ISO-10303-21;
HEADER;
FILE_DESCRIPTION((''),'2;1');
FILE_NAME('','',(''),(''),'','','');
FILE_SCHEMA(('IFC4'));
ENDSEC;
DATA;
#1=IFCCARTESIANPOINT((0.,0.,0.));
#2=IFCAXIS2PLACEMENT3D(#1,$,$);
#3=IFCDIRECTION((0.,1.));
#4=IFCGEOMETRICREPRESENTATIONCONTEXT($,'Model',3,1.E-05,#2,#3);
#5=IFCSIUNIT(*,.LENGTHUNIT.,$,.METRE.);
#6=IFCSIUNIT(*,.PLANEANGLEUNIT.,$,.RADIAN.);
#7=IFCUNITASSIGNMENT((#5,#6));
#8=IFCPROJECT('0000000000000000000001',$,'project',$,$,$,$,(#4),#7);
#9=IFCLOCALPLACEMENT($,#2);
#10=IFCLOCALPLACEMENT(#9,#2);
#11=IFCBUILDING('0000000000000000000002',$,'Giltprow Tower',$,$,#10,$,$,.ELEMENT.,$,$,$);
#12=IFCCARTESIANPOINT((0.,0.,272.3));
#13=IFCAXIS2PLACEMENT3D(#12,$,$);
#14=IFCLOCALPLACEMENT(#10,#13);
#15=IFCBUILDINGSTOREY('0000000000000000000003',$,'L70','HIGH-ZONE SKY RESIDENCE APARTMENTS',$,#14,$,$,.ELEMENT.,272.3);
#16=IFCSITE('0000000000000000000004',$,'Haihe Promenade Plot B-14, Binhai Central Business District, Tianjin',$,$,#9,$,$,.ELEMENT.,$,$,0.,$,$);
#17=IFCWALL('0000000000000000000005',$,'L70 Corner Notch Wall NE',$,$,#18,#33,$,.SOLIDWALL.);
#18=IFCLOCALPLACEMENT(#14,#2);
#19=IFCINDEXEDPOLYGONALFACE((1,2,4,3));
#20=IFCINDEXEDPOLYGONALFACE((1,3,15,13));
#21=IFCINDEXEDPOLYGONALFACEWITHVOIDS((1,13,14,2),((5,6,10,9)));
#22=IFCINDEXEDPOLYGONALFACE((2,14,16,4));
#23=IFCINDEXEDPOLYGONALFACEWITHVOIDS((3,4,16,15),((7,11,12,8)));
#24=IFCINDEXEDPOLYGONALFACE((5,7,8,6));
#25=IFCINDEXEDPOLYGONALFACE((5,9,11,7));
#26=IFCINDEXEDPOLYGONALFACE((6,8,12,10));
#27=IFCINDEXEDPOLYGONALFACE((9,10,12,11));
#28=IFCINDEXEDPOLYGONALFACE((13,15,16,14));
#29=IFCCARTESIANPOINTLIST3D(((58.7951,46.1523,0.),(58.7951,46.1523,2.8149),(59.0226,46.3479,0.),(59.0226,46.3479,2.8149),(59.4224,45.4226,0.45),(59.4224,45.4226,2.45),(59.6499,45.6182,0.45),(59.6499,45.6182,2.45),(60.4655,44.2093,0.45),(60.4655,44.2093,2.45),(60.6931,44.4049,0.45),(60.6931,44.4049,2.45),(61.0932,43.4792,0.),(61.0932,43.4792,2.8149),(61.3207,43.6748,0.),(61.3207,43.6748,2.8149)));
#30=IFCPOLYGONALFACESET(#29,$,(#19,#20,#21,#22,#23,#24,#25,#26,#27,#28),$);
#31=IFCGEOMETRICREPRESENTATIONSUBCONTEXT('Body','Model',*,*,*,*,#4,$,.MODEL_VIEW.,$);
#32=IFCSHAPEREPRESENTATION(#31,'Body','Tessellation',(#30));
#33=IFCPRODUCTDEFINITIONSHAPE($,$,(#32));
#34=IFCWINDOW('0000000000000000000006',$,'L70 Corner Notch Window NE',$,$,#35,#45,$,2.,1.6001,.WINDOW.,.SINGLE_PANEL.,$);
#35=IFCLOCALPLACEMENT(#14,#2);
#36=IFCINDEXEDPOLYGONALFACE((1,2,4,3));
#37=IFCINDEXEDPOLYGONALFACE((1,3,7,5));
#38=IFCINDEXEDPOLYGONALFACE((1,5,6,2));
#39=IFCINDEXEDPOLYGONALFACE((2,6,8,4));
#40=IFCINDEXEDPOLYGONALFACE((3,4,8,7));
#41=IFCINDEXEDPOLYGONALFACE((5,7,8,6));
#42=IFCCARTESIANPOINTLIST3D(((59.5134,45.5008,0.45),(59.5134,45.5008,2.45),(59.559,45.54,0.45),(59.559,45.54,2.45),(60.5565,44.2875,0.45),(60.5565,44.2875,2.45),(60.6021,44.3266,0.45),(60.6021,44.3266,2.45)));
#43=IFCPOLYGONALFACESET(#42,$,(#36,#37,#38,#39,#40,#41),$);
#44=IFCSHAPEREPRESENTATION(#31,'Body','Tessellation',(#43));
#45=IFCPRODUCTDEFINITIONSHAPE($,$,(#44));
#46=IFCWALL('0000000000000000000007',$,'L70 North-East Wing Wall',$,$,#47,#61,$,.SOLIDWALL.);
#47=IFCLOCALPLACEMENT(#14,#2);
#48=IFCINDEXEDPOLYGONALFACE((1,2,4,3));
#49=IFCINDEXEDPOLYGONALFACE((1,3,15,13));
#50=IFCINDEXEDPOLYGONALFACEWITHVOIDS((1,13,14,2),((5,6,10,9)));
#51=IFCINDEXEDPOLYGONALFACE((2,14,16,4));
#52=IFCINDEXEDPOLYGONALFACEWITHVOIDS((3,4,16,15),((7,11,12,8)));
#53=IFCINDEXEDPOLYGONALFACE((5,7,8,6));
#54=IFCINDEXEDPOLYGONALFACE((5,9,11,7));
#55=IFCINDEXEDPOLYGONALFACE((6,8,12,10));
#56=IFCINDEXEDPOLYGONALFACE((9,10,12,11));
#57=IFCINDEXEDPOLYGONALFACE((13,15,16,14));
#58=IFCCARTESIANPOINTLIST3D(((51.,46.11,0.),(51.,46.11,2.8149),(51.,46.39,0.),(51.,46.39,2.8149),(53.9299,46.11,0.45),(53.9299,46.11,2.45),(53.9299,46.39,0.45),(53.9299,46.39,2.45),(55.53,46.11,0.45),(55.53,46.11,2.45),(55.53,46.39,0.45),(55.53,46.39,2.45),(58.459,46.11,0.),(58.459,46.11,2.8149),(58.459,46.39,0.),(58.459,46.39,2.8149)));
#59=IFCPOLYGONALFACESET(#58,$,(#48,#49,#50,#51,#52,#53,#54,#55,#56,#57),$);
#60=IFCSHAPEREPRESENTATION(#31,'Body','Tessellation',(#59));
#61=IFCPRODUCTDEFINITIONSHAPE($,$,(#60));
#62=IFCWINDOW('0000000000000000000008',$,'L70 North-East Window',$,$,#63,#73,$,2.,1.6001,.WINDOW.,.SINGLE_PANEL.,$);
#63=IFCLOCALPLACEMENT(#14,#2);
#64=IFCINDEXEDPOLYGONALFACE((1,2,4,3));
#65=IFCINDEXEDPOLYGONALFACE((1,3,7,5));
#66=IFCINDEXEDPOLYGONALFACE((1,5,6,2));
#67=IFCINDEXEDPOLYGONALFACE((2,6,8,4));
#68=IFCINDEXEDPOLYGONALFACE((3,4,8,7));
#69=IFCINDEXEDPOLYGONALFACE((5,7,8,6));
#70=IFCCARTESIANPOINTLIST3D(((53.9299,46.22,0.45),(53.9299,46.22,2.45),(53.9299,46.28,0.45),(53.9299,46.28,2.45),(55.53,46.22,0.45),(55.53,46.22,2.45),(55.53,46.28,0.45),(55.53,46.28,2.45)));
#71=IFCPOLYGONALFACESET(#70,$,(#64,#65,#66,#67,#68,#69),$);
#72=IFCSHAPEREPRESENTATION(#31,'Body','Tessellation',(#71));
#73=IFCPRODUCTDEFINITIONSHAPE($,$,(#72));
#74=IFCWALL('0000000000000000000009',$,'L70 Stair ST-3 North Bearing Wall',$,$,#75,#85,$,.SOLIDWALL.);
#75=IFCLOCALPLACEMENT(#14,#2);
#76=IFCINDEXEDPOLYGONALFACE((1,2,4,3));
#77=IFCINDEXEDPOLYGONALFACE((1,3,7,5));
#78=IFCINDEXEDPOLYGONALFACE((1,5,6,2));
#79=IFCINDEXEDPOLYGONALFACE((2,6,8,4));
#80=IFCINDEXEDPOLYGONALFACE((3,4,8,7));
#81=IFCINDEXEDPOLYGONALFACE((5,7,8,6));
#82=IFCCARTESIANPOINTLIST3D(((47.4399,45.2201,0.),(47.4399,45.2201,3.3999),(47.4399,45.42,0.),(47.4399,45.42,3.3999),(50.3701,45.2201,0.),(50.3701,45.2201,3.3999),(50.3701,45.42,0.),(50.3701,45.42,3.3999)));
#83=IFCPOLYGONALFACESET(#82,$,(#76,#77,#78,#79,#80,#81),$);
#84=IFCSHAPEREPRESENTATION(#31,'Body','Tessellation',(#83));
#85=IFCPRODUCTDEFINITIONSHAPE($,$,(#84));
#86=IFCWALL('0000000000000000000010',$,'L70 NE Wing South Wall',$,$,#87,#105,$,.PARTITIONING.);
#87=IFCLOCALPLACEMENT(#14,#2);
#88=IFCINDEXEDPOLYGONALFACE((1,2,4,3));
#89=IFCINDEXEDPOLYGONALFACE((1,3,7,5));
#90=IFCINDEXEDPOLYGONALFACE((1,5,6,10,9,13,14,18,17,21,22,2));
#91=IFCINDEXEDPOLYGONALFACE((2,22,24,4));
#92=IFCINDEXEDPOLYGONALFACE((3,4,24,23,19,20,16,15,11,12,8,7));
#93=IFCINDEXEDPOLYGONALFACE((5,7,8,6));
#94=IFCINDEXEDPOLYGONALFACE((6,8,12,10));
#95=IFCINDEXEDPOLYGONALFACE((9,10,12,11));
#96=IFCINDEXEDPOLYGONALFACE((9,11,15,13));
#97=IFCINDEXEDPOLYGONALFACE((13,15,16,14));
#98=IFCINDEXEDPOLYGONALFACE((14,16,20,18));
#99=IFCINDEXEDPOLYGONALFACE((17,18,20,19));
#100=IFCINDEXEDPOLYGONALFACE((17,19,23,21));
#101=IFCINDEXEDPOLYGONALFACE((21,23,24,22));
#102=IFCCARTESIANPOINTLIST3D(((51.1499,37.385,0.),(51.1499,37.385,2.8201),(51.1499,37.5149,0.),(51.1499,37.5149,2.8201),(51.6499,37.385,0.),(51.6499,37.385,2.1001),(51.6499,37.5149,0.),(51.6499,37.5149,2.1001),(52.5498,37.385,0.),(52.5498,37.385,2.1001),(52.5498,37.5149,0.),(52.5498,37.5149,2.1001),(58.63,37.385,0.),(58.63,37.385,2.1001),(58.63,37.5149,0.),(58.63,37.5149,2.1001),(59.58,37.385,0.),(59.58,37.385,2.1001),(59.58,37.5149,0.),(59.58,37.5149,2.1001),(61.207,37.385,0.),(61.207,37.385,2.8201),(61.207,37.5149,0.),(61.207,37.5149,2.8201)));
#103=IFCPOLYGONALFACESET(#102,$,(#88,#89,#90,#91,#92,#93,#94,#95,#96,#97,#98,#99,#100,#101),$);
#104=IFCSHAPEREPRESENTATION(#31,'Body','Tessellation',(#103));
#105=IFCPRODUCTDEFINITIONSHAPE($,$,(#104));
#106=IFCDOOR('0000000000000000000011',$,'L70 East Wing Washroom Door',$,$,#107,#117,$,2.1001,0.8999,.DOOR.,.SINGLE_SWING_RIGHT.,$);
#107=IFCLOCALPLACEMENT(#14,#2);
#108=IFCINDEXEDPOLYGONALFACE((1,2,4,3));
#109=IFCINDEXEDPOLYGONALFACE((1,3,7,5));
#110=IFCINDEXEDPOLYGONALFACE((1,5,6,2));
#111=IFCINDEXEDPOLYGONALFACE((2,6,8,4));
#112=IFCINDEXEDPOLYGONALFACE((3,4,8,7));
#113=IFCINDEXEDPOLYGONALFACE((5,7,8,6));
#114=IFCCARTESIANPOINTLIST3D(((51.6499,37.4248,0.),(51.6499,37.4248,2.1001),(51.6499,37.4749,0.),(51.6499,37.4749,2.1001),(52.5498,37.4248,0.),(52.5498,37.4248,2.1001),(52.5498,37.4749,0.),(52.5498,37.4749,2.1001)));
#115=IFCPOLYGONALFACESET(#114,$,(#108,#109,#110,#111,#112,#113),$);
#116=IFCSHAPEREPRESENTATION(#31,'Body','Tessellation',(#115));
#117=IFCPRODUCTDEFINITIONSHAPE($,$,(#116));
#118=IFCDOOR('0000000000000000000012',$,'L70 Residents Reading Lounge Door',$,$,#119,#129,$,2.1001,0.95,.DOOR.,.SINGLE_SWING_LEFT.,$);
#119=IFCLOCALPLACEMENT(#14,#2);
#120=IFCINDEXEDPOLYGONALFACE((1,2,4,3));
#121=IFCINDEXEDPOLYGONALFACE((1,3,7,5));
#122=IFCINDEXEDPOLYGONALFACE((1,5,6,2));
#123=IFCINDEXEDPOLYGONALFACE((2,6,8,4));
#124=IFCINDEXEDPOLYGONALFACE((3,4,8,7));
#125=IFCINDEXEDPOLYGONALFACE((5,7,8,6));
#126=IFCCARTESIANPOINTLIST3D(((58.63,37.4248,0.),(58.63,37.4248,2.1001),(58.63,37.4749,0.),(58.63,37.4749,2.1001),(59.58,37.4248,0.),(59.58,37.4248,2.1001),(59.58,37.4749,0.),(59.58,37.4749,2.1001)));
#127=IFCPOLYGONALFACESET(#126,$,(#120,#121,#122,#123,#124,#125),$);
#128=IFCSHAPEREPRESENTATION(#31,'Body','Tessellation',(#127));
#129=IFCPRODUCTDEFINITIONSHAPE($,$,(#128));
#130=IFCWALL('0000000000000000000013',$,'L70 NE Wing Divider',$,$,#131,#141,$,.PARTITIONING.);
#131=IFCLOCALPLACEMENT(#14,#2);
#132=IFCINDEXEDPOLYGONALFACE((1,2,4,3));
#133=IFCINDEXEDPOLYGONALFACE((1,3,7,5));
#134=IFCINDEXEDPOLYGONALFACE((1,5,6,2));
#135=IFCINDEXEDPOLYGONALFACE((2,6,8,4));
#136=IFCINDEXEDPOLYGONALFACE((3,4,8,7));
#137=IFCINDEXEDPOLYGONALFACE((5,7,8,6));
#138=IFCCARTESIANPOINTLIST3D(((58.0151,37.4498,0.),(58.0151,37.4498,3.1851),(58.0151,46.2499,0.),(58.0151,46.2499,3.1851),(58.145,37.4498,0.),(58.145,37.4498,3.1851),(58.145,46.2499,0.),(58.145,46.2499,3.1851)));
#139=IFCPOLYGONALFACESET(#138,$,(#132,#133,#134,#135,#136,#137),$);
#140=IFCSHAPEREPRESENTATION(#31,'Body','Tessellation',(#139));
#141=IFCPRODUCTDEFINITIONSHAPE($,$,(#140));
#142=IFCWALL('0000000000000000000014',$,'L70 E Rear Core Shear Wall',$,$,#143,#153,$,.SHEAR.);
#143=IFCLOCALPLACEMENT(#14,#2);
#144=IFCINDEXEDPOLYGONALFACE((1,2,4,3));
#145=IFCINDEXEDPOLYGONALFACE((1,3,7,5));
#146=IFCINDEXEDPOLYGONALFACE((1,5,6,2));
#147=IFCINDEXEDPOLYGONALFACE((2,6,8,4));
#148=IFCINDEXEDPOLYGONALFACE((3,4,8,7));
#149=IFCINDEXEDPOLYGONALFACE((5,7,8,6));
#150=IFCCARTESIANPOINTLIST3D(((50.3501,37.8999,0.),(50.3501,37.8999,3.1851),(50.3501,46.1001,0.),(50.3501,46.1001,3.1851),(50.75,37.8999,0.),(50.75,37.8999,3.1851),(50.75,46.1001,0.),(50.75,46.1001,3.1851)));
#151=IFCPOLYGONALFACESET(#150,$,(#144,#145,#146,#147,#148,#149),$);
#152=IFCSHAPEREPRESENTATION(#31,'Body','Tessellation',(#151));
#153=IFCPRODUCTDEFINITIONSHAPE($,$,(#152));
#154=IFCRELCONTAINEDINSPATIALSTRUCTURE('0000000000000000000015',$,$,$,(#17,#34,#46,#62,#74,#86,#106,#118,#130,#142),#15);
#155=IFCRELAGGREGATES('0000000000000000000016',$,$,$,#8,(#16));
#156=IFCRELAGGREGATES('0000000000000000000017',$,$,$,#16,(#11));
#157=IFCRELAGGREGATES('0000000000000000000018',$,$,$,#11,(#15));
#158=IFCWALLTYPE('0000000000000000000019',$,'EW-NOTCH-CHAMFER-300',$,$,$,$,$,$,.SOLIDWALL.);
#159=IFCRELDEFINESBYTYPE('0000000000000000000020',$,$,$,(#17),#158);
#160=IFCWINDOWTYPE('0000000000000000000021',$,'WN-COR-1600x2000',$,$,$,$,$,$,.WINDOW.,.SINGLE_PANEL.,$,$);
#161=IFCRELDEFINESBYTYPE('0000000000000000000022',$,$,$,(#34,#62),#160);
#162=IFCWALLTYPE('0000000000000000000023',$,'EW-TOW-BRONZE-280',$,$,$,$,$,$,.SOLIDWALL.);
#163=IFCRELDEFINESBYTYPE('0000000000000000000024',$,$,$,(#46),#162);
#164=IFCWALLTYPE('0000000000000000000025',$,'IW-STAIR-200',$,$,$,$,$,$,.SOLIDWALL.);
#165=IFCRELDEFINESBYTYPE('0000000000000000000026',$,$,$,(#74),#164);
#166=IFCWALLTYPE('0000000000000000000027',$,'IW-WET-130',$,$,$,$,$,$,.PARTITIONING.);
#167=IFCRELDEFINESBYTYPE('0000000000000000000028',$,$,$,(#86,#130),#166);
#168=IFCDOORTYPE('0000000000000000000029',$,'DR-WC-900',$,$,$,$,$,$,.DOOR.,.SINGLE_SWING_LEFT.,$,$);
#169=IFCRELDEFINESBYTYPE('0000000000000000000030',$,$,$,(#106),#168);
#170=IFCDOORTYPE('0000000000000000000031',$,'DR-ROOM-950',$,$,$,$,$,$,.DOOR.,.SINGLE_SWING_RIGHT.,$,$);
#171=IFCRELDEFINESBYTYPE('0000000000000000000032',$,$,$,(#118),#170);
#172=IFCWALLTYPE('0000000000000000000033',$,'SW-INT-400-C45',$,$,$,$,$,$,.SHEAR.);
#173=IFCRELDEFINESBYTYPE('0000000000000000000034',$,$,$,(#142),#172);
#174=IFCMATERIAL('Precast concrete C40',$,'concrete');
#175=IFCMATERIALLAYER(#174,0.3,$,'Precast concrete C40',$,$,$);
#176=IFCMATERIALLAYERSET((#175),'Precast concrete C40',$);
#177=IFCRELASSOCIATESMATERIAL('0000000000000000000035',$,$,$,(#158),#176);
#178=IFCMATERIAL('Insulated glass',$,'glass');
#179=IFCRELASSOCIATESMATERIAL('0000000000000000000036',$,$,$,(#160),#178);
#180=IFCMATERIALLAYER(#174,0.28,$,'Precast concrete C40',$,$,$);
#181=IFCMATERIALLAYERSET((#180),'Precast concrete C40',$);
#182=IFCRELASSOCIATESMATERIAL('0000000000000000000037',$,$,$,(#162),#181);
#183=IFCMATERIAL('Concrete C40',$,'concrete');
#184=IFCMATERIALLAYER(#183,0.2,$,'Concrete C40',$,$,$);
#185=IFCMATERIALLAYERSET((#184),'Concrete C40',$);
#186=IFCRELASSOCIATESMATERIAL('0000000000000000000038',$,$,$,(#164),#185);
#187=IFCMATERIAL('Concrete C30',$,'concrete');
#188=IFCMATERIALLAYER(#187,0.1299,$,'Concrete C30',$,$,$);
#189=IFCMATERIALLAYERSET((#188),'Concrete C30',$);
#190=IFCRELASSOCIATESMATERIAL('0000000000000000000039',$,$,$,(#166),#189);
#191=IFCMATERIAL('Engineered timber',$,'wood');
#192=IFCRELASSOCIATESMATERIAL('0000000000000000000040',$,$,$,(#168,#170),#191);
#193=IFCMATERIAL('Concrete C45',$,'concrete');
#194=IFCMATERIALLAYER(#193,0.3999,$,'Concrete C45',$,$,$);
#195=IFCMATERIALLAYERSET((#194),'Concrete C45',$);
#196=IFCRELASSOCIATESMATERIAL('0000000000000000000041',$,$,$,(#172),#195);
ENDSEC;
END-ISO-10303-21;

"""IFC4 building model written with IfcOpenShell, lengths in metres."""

from ifc_helpers import new_model, si_unit, direction, frame, frame_2d, origin, place, context, subcontext, project, spatial, rectangle, extrude, source, transform, mapped, material, layer, layer_set, type_object, element, fill, save


model = new_model("IFC4")

# Units and contexts
model_context = context("Model", 3, precision=1e-05, world=origin(), true_north=direction((0.0, 1.0)))
body_context = subcontext(model_context, "Body", "Model", "MODEL_VIEW")
ifc_project = project(units=[si_unit("LENGTHUNIT", "METRE"), si_unit("PLANEANGLEUNIT", "RADIAN")], contexts=[model_context])

# Site, building, storey
site_placement = place(None, origin())
site = spatial("IfcSite", under=ifc_project, at=site_placement, Name="Haihe Promenade Plot B-14, Binhai Central Business District, Tianjin", CompositionType="ELEMENT", RefElevation=0.0)
building_placement = place(site_placement, origin())
building = spatial("IfcBuilding", under=site, at=building_placement, Name="Giltprow Tower", CompositionType="ELEMENT")
storey_placement = place(building_placement, frame((0.0, 0.0, 272.3)))
storey = spatial("IfcBuildingStorey", under=building, at=storey_placement, Name="L70", Description="HIGH-ZONE SKY RESIDENCE APARTMENTS", CompositionType="ELEMENT", Elevation=272.3)

# Shared definitions
ifc_material_1 = material(Name="Concrete C45", Category="concrete")

# Walls, openings, windows
ifc_material_2 = material(Name="Precast concrete C40", Category="concrete")
ifc_layer_1 = layer(ifc_material_2, 0.3, Name="Precast concrete C40")
ifc_layer_set_1 = layer_set([ifc_layer_1], Name="Precast concrete C40")
wall_type_1 = type_object("IfcWallType", Name="EW-NOTCH-CHAMFER-300", PredefinedType="SOLIDWALL", material=ifc_layer_set_1)
wall_1_placement = place(storey_placement, frame((61.207, 43.5769, 0.0), z_axis=(0.0, 0.0, 1.0), x_axis=(-0.651914, 0.758293, 0.0)))
wall_1 = element("IfcWall", 1, at=wall_1_placement, inside=storey, type_object=wall_type_1, Name="L70 Corner Notch Wall NE", PredefinedType="SOLIDWALL", context=body_context, shape_type="SweptSolid", body=[
    extrude(rectangle(XDim=3.5251, YDim=0.3, at=frame_2d((1.7627, 0.0))), origin(), (0.0, 0.0, 1.0), 2.8149),
])
opening_1_placement = place(wall_1_placement, frame((0.9629, 0.0, 0.45)))
opening_1 = element("IfcOpeningElement", 2, at=opening_1_placement, cuts=wall_1, PredefinedType="OPENING", context=body_context, shape_type="SweptSolid", body=[
    extrude(rectangle(XDim=1.6001, YDim=2.0, at=frame_2d((0.8, 1.0))), frame((0.0, 0.1599, 0.0), z_axis=(0.0, -1.0, 0.0), x_axis=(1.0, 0.0, 0.0)), (0.0, 0.0, 1.0), 0.3201),
])
ifc_material_3 = material(Name="Insulated glass", Category="glass")
window_type = type_object("IfcWindowType", Name="WN-COR-1600x2000", PartitioningType="SINGLE_PANEL", PredefinedType="WINDOW", material=ifc_material_3)
shared_shape_1 = source(origin(), body_context, "Body", "SweptSolid", [
    extrude(rectangle(XDim=1.6001, YDim=2.0, at=frame_2d((0.8, 1.0))), frame((0.0, 0.03, 0.0), z_axis=(0.0, -1.0, 0.0), x_axis=(1.0, 0.0, 0.0)), (0.0, 0.0, 1.0), 0.0601),
])
window_1_placement = place(opening_1_placement, origin())
window_1 = element("IfcWindow", 3, at=window_1_placement, inside=storey, type_object=window_type, Name="L70 Corner Notch Window NE", OverallHeight=2.0, OverallWidth=1.6001, PartitioningType="SINGLE_PANEL", PredefinedType="WINDOW", context=body_context, shape_type="MappedRepresentation", body=[
    mapped(shared_shape_1, transform((0.0, 0.0, 0.0), x_axis=(1.0, 0.0, 0.0), y_axis=(0.0, 1.0, 0.0), z_axis=(0.0, 0.0, 1.0), scale=1.0)),
])
fill(opening_1, window_1)
ifc_layer_2 = layer(ifc_material_2, 0.28, Name="Precast concrete C40")
ifc_layer_set_2 = layer_set([ifc_layer_2], Name="Precast concrete C40")
wall_type_2 = type_object("IfcWallType", Name="EW-TOW-BRONZE-280", PredefinedType="SOLIDWALL", material=ifc_layer_set_2)
wall_2_placement = place(storey_placement, frame((51.0, 46.25, 0.0), z_axis=(0.0, 0.0, 1.0), x_axis=(1.0, 0.0, 0.0)))
wall_2 = element("IfcWall", 4, at=wall_2_placement, inside=storey, type_object=wall_type_2, Name="L70 North-East Wing Wall", PredefinedType="SOLIDWALL", context=body_context, shape_type="SweptSolid", body=[
    extrude(rectangle(XDim=7.459, YDim=0.28, at=frame_2d((3.7295, 0.0))), origin(), (0.0, 0.0, 1.0), 2.8149),
])
opening_2_placement = place(wall_2_placement, frame((2.9299, 0.0, 0.45)))
opening_2 = element("IfcOpeningElement", 5, at=opening_2_placement, cuts=wall_2, PredefinedType="OPENING", context=body_context, shape_type="SweptSolid", body=[
    extrude(rectangle(XDim=1.6001, YDim=2.0, at=frame_2d((0.8, 1.0))), frame((0.0, 0.1499, 0.0), z_axis=(0.0, -1.0, 0.0), x_axis=(1.0, 0.0, 0.0)), (0.0, 0.0, 1.0), 0.3),
])
window_2_placement = place(opening_2_placement, origin())
window_2 = element("IfcWindow", 6, at=window_2_placement, inside=storey, type_object=window_type, Name="L70 North-East Window", OverallHeight=2.0, OverallWidth=1.6001, PartitioningType="SINGLE_PANEL", PredefinedType="WINDOW", context=body_context, shape_type="MappedRepresentation", body=[
    mapped(shared_shape_1, transform((0.0, 0.0, 0.0), x_axis=(1.0, 0.0, 0.0), y_axis=(0.0, 1.0, 0.0), z_axis=(0.0, 0.0, 1.0), scale=1.0)),
])
fill(opening_2, window_2)

# Wall
ifc_material_4 = material(Name="Concrete C40", Category="concrete")
ifc_layer_3 = layer(ifc_material_4, 0.2, Name="Concrete C40")
ifc_layer_set_3 = layer_set([ifc_layer_3], Name="Concrete C40")
wall_type_3 = type_object("IfcWallType", Name="IW-STAIR-200", PredefinedType="SOLIDWALL", material=ifc_layer_set_3)
wall_3_placement = place(storey_placement, frame((47.4399, 45.3201, 0.0), z_axis=(0.0, 0.0, 1.0), x_axis=(1.0, 0.0, 0.0)))
element("IfcWall", 7, at=wall_3_placement, inside=storey, type_object=wall_type_3, Name="L70 Stair ST-3 North Bearing Wall", PredefinedType="SOLIDWALL", context=body_context, shape_type="SweptSolid", body=[
    extrude(rectangle(XDim=2.9302, YDim=0.2, at=frame_2d((1.4651, 0.0))), origin(), (0.0, 0.0, 1.0), 3.3999),
])

# Wall, openings, doors
ifc_material_5 = material(Name="Concrete C30", Category="concrete")
ifc_layer_4 = layer(ifc_material_5, 0.1299, Name="Concrete C30")
ifc_layer_set_4 = layer_set([ifc_layer_4], Name="Concrete C30")
wall_type_4 = type_object("IfcWallType", Name="IW-WET-130", PredefinedType="PARTITIONING", material=ifc_layer_set_4)
wall_4_placement = place(storey_placement, frame((51.1499, 37.45, 0.0), z_axis=(0.0, 0.0, 1.0), x_axis=(1.0, 0.0, 0.0)))
wall_4 = element("IfcWall", 8, at=wall_4_placement, inside=storey, type_object=wall_type_4, Name="L70 NE Wing South Wall", PredefinedType="PARTITIONING", context=body_context, shape_type="SweptSolid", body=[
    extrude(rectangle(XDim=10.0571, YDim=0.1299, at=frame_2d((5.0286, 0.0))), origin(), (0.0, 0.0, 1.0), 2.8201),
])
opening_3_placement = place(wall_4_placement, frame((0.5, 0.0, 0.0)))
opening_3 = element("IfcOpeningElement", 9, at=opening_3_placement, cuts=wall_4, PredefinedType="OPENING", context=body_context, shape_type="SweptSolid", body=[
    extrude(rectangle(XDim=0.8999, YDim=2.1001, at=frame_2d((0.45, 1.05))), frame((0.0, 0.075, 0.0), z_axis=(0.0, -1.0, 0.0), x_axis=(1.0, 0.0, 0.0)), (0.0, 0.0, 1.0), 0.1499),
])
opening_4_placement = place(wall_4_placement, frame((7.48, 0.0, 0.0)))
opening_4 = element("IfcOpeningElement", 10, at=opening_4_placement, cuts=wall_4, PredefinedType="OPENING", context=body_context, shape_type="SweptSolid", body=[
    extrude(rectangle(XDim=0.95, YDim=2.1001, at=frame_2d((0.4751, 1.05))), frame((0.0, 0.075, 0.0), z_axis=(0.0, -1.0, 0.0), x_axis=(1.0, 0.0, 0.0)), (0.0, 0.0, 1.0), 0.1499),
])
ifc_material_6 = material(Name="Engineered timber", Category="wood")
door_type_1 = type_object("IfcDoorType", Name="DR-WC-900", OperationType="SINGLE_SWING_LEFT", PredefinedType="DOOR", material=ifc_material_6)
shared_shape_2 = source(origin(), body_context, "Body", "SweptSolid", [
    extrude(rectangle(XDim=0.8999, YDim=2.1001, at=frame_2d((0.45, 1.05))), frame((0.0, 0.0249, 0.0), z_axis=(0.0, -1.0, 0.0), x_axis=(1.0, 0.0, 0.0)), (0.0, 0.0, 1.0), 0.05),
])
door_1_placement = place(opening_3_placement, origin())
door_1 = element("IfcDoor", 11, at=door_1_placement, inside=storey, type_object=door_type_1, Name="L70 East Wing Washroom Door", OperationType="SINGLE_SWING_RIGHT", OverallHeight=2.1001, OverallWidth=0.8999, PredefinedType="DOOR", context=body_context, shape_type="MappedRepresentation", body=[
    mapped(shared_shape_2, transform((0.0, 0.0, 0.0), x_axis=(1.0, 0.0, 0.0), y_axis=(0.0, 1.0, 0.0), z_axis=(0.0, 0.0, 1.0), scale=1.0)),
])
fill(opening_3, door_1)
door_type_2 = type_object("IfcDoorType", Name="DR-ROOM-950", OperationType="SINGLE_SWING_RIGHT", PredefinedType="DOOR", material=ifc_material_6)
shared_shape_3 = source(origin(), body_context, "Body", "SweptSolid", [
    extrude(rectangle(XDim=0.95, YDim=2.1001, at=frame_2d((0.4751, 1.05))), frame((0.0, 0.0249, 0.0), z_axis=(0.0, -1.0, 0.0), x_axis=(1.0, 0.0, 0.0)), (0.0, 0.0, 1.0), 0.05),
])
door_2_placement = place(opening_4_placement, origin())
door_2 = element("IfcDoor", 12, at=door_2_placement, inside=storey, type_object=door_type_2, Name="L70 Residents Reading Lounge Door", OperationType="SINGLE_SWING_LEFT", OverallHeight=2.1001, OverallWidth=0.95, PredefinedType="DOOR", context=body_context, shape_type="MappedRepresentation", body=[
    mapped(shared_shape_3, transform((0.0, 0.0, 0.0), x_axis=(1.0, 0.0, 0.0), y_axis=(0.0, 1.0, 0.0), z_axis=(0.0, 0.0, 1.0), scale=1.0)),
])
fill(opening_4, door_2)

# Walls
wall_5_placement = place(storey_placement, frame((58.0801, 37.45, 0.0), z_axis=(0.0, 0.0, 1.0), x_axis=(0.0, 1.0, 0.0)))
element("IfcWall", 13, at=wall_5_placement, inside=storey, type_object=wall_type_4, Name="L70 NE Wing Divider", PredefinedType="PARTITIONING", context=body_context, shape_type="SweptSolid", body=[
    extrude(rectangle(XDim=8.8, YDim=0.1299, at=frame_2d((4.3999, 0.0))), origin(), (0.0, 0.0, 1.0), 3.1851),
])
ifc_layer_5 = layer(ifc_material_1, 0.3999, Name="Concrete C45")
ifc_layer_set_5 = layer_set([ifc_layer_5], Name="Concrete C45")
wall_type_5 = type_object("IfcWallType", Name="SW-INT-400-C45", PredefinedType="SHEAR", material=ifc_layer_set_5)
wall_6_placement = place(storey_placement, frame((50.55, 37.8999, 0.0), z_axis=(0.0, 0.0, 1.0), x_axis=(0.0, 1.0, 0.0)))
element("IfcWall", 14, at=wall_6_placement, inside=storey, type_object=wall_type_5, Name="L70 E Rear Core Shear Wall", PredefinedType="SHEAR", context=body_context, shape_type="SweptSolid", body=[
    extrude(rectangle(XDim=8.2002, YDim=0.3999, at=frame_2d((4.1001, 0.0))), origin(), (0.0, 0.0, 1.0), 3.1851),
])

save(model, "model.ifc")
